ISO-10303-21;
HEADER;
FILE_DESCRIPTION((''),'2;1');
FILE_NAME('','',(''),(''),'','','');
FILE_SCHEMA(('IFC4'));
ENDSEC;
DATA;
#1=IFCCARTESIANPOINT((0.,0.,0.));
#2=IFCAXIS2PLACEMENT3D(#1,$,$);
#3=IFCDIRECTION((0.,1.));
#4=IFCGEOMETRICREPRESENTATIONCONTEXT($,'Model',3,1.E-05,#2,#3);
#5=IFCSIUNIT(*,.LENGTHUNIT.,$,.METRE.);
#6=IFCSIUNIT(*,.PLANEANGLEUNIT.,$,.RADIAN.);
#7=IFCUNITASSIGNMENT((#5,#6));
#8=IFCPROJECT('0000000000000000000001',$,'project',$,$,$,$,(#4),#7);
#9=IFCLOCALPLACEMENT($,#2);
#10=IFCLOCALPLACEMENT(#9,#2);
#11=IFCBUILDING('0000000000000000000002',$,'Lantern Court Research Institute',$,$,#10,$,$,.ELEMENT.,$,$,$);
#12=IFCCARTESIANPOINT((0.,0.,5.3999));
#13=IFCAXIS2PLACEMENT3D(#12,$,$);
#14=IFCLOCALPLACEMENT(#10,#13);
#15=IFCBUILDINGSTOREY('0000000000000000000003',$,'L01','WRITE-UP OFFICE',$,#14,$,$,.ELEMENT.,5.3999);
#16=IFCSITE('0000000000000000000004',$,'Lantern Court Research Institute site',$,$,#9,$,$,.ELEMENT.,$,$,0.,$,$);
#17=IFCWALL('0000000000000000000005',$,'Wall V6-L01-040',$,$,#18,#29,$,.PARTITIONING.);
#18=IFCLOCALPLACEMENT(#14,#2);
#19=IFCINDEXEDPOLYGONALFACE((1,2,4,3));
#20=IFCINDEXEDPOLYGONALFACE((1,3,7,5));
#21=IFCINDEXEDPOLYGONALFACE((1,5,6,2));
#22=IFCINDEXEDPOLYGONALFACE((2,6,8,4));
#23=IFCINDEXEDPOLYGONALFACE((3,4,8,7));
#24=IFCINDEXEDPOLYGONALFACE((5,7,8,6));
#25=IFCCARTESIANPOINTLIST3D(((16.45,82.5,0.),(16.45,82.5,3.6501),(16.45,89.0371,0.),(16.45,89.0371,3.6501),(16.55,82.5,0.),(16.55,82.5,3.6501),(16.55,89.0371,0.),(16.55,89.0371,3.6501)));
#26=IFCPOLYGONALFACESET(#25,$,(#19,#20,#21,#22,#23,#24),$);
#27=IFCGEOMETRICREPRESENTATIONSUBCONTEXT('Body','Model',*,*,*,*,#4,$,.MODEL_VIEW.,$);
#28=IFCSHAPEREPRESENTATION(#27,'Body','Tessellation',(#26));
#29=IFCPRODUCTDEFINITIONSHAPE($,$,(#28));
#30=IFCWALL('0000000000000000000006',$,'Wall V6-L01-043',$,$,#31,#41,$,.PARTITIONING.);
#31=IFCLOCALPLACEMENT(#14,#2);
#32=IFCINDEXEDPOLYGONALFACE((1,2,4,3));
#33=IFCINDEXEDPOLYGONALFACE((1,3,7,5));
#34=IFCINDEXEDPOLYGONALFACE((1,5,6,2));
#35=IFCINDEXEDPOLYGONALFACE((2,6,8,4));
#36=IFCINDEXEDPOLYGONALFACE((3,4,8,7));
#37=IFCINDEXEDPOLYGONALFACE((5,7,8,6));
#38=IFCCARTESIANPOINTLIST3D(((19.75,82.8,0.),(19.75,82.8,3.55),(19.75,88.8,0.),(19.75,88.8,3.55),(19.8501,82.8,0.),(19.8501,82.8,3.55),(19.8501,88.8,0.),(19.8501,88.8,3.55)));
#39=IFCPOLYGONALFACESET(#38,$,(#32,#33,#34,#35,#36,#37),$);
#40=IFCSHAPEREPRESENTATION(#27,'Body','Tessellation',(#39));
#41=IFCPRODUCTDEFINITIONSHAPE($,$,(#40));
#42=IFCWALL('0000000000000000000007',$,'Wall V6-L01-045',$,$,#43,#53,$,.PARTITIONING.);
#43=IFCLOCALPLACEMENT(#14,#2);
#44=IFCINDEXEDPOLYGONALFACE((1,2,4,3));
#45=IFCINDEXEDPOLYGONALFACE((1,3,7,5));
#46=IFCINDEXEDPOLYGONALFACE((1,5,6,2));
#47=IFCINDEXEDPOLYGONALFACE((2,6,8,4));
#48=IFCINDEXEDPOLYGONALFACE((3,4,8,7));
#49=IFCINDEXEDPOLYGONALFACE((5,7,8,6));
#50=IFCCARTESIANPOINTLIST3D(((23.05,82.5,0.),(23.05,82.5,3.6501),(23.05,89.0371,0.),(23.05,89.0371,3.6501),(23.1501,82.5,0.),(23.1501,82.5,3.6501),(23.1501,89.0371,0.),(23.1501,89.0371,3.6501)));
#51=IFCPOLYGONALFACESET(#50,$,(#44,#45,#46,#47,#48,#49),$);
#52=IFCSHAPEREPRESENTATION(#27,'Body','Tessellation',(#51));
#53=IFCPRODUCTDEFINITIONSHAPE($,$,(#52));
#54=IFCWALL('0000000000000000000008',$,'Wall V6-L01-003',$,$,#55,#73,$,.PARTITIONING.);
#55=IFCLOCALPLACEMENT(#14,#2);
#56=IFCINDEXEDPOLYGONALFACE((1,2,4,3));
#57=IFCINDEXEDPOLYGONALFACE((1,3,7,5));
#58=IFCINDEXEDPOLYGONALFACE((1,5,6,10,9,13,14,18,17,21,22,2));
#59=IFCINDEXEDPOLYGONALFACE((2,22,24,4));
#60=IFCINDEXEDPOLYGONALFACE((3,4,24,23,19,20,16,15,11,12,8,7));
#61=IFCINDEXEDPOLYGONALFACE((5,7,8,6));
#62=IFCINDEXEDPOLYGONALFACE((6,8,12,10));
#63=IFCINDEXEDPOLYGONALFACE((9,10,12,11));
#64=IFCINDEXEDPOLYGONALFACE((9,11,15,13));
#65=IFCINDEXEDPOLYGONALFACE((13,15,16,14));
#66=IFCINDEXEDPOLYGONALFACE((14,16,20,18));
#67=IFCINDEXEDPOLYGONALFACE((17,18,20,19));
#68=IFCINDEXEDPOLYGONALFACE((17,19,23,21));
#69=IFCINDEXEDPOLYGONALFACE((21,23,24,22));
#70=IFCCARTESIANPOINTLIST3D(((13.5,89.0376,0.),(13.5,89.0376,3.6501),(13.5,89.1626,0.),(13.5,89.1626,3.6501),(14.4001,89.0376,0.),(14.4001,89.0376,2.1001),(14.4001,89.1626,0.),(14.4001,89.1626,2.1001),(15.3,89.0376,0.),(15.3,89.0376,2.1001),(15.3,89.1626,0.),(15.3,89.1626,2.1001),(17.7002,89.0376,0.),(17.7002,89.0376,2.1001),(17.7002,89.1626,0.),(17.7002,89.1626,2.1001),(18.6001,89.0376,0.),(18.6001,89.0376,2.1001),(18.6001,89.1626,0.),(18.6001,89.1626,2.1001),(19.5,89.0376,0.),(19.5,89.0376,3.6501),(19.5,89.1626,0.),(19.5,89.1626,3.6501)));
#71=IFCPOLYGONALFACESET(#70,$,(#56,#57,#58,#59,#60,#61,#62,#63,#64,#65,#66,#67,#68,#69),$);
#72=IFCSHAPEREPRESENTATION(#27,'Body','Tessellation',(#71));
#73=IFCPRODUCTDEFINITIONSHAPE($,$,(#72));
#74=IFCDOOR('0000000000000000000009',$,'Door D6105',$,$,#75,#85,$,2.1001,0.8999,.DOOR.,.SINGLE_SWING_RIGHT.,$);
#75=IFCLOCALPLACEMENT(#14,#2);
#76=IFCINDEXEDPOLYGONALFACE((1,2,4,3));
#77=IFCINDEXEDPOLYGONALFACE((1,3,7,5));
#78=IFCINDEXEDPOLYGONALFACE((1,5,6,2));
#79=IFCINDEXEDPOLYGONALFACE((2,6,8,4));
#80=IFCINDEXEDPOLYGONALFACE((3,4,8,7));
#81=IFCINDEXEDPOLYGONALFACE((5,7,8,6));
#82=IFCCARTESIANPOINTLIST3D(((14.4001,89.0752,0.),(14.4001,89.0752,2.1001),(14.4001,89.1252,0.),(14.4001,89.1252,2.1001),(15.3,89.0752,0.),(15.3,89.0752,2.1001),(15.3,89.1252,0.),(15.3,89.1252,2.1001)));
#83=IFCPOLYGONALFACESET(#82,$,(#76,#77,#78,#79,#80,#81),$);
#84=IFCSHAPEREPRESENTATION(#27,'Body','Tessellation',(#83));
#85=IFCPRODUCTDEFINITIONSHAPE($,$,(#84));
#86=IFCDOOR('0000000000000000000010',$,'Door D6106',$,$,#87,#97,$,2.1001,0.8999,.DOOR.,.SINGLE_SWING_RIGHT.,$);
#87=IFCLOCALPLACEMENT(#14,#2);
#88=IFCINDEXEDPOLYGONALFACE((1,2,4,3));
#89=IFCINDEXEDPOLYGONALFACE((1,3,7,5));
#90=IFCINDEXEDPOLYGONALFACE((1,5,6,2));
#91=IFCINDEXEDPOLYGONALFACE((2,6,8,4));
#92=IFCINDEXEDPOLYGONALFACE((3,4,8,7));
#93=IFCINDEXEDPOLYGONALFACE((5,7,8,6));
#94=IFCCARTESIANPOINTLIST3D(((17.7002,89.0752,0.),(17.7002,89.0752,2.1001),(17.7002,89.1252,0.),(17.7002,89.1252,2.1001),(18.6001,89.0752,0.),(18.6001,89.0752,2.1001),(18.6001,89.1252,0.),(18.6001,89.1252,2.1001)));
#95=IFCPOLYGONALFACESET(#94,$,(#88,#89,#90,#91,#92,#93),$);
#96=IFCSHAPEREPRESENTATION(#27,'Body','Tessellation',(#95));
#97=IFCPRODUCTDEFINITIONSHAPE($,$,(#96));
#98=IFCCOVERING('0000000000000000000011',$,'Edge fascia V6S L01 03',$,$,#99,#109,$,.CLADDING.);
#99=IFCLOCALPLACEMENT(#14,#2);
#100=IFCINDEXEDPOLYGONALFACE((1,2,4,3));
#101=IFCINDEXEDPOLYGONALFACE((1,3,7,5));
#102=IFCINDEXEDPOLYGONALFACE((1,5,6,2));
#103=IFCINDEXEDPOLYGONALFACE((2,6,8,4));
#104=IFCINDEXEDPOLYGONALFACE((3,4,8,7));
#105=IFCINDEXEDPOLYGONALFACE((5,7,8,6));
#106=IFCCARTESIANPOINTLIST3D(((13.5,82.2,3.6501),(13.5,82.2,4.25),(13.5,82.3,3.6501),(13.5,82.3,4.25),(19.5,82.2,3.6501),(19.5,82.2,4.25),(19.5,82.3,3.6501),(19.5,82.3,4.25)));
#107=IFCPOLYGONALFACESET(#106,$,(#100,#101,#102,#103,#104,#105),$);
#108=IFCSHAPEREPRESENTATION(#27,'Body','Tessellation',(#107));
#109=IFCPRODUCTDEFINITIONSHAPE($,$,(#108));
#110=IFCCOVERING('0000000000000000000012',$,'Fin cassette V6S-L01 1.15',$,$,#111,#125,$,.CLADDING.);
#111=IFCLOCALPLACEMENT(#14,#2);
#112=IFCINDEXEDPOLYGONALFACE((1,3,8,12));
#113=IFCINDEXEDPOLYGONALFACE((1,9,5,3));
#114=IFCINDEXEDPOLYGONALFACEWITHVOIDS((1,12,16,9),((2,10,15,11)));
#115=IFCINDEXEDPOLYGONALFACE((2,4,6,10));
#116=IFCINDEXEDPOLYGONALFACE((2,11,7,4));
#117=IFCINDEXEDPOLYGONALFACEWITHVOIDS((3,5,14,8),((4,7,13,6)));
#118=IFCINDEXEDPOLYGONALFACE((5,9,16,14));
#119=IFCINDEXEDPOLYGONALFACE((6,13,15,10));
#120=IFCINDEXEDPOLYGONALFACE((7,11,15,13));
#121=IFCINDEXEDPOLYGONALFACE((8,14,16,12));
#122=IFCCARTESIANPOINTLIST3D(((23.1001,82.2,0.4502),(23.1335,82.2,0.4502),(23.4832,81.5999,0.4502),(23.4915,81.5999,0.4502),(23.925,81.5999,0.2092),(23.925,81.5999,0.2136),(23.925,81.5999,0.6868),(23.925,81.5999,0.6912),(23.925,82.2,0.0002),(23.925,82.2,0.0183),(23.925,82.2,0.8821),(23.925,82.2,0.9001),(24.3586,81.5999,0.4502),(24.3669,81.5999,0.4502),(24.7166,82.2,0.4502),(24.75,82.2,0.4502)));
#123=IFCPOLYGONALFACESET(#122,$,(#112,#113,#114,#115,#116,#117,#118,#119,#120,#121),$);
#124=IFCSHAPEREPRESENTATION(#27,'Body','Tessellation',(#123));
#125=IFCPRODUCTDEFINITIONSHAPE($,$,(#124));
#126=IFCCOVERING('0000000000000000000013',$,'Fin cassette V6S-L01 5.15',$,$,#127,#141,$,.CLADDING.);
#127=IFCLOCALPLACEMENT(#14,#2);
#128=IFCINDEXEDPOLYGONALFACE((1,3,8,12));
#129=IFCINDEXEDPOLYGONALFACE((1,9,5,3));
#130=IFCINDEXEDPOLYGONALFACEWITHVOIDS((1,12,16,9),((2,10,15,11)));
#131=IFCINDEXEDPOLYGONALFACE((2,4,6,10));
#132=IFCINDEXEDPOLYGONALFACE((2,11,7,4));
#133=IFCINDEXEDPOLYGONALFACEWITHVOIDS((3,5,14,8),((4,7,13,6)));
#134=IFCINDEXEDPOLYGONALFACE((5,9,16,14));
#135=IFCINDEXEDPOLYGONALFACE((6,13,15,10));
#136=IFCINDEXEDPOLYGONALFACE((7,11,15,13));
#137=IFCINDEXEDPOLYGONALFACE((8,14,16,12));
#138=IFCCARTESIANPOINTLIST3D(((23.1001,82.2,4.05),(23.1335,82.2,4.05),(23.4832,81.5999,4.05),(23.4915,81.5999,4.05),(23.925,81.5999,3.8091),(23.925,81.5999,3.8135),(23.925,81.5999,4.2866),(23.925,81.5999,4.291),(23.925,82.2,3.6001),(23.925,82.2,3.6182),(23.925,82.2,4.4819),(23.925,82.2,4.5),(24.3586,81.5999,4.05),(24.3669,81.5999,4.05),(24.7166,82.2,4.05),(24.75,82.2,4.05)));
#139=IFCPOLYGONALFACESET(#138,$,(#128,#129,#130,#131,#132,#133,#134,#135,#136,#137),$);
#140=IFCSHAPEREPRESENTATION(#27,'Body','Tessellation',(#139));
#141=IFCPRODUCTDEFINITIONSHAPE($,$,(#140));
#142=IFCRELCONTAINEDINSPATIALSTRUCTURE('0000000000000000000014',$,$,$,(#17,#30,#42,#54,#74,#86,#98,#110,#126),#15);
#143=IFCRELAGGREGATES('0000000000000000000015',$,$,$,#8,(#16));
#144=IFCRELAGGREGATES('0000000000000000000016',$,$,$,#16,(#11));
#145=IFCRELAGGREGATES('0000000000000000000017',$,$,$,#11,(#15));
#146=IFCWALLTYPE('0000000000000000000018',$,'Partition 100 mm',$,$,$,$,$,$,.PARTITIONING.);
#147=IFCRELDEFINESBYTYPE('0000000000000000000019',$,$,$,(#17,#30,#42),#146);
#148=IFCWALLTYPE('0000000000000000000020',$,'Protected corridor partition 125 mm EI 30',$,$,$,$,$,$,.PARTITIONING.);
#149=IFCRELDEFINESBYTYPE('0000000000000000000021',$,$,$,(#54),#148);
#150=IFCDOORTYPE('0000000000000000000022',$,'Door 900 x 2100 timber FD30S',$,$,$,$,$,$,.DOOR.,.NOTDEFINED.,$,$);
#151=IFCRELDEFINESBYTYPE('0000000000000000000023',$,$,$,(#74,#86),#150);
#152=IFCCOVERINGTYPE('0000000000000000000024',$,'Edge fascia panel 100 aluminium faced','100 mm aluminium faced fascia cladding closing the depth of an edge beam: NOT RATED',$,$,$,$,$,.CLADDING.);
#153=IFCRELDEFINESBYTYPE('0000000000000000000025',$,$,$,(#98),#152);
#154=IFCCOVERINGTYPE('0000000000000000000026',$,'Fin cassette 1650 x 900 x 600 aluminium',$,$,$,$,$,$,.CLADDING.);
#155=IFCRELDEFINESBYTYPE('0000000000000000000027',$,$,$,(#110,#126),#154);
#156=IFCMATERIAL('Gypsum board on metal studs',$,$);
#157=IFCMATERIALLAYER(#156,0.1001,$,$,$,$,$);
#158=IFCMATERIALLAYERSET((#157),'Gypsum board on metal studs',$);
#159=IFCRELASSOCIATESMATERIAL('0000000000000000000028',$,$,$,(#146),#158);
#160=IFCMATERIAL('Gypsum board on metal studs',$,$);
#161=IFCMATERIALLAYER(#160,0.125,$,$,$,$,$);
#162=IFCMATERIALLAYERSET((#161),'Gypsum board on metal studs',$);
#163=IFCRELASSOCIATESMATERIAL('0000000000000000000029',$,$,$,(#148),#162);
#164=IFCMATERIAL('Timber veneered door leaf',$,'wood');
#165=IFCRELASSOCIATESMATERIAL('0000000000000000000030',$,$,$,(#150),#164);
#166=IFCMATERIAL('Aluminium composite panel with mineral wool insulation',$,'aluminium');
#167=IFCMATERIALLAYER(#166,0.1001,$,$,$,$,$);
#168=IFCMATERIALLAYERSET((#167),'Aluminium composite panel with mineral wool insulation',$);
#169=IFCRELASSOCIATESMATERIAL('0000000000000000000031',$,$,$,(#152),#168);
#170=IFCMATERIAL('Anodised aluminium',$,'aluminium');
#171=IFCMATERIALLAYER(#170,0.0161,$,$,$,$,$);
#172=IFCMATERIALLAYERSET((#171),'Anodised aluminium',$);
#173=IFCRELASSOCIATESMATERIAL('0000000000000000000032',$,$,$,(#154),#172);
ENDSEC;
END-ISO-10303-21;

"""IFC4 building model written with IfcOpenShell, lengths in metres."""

from ifc_helpers import new_model, entity, si_unit, direction, frame, frame_2d, origin, place, context, subcontext, project, spatial, rectangle, extrude, material, layer, layer_set, type_object, element, fill, save


model = new_model("IFC4")

# Units and contexts
model_context = context("Model", 3, precision=1e-05, world=origin(), true_north=direction((0.0, 1.0)))
body_context = subcontext(model_context, "Body", "Model", "MODEL_VIEW")
ifc_project = project(units=[si_unit("LENGTHUNIT", "METRE"), si_unit("PLANEANGLEUNIT", "RADIAN")], contexts=[model_context])

# Site, building, storey
site_placement = place(None, origin())
site = spatial("IfcSite", under=ifc_project, at=site_placement, Name="Lantern Court Research Institute site", CompositionType="ELEMENT", RefElevation=0.0)
building_placement = place(site_placement, origin())
building = spatial("IfcBuilding", under=site, at=building_placement, Name="Lantern Court Research Institute", CompositionType="ELEMENT")
storey_placement = place(building_placement, frame((0.0, 0.0, 5.3999)))
storey = spatial("IfcBuildingStorey", under=building, at=storey_placement, Name="L01", Description="WRITE-UP OFFICE", CompositionType="ELEMENT", Elevation=5.3999)

# Walls
ifc_material_1 = material(Name="Gypsum board on metal studs")
ifc_layer_1 = layer(ifc_material_1, 0.1001)
ifc_layer_set_1 = layer_set([ifc_layer_1], Name="Gypsum board on metal studs")
wall_type_1 = type_object("IfcWallType", Name="Partition 100 mm", PredefinedType="PARTITIONING", material=ifc_layer_set_1)
wall_1_placement = place(storey_placement, frame((16.5, 82.5, 0.0), z_axis=(0.0, 0.0, 1.0), x_axis=(0.0, 1.0, 0.0)))
element("IfcWall", 1, at=wall_1_placement, inside=storey, type_object=wall_type_1, Name="Wall V6-L01-040", PredefinedType="PARTITIONING", context=body_context, shape_type="SweptSolid", body=[
    extrude(rectangle(XDim=6.5371, YDim=0.1001, at=frame_2d((3.2686, 0.0))), origin(), (0.0, 0.0, 1.0), 3.6501),
])
wall_2_placement = place(storey_placement, frame((19.8, 82.8, 0.0), z_axis=(0.0, 0.0, 1.0), x_axis=(0.0, 1.0, 0.0)))
element("IfcWall", 2, at=wall_2_placement, inside=storey, type_object=wall_type_1, Name="Wall V6-L01-043", PredefinedType="PARTITIONING", context=body_context, shape_type="SweptSolid", body=[
    extrude(rectangle(XDim=6.0, YDim=0.1001, at=frame_2d((3.0, 0.0))), origin(), (0.0, 0.0, 1.0), 3.55),
])
wall_3_placement = place(storey_placement, frame((23.1001, 82.5, 0.0), z_axis=(0.0, 0.0, 1.0), x_axis=(0.0, 1.0, 0.0)))
element("IfcWall", 3, at=wall_3_placement, inside=storey, type_object=wall_type_1, Name="Wall V6-L01-045", PredefinedType="PARTITIONING", context=body_context, shape_type="SweptSolid", body=[
    extrude(rectangle(XDim=6.5371, YDim=0.1001, at=frame_2d((3.2686, 0.0))), origin(), (0.0, 0.0, 1.0), 3.6501),
])

# Wall, openings, doors
ifc_material_2 = material(Name="Gypsum board on metal studs")
ifc_layer_2 = layer(ifc_material_2, 0.125)
ifc_layer_set_2 = layer_set([ifc_layer_2], Name="Gypsum board on metal studs")
wall_type_2 = type_object("IfcWallType", Name="Protected corridor partition 125 mm EI 30", PredefinedType="PARTITIONING", material=ifc_layer_set_2)
wall_4_placement = place(storey_placement, frame((19.5, 89.1001, 0.0), z_axis=(0.0, 0.0, 1.0), x_axis=(-1.0, 0.0, 0.0)))
wall_4 = element("IfcWall", 4, at=wall_4_placement, inside=storey, type_object=wall_type_2, Name="Wall V6-L01-003", PredefinedType="PARTITIONING", context=body_context, shape_type="SweptSolid", body=[
    extrude(rectangle(XDim=6.0, YDim=0.125, at=frame_2d((3.0, 0.0))), origin(), (0.0, 0.0, 1.0), 3.6501),
])
opening_1_placement = place(wall_4_placement, frame((4.2, 0.0, 0.0)))
opening_1 = element("IfcOpeningElement", 5, at=opening_1_placement, cuts=wall_4, PredefinedType="OPENING", context=body_context, shape_type="SweptSolid", body=[
    extrude(rectangle(XDim=0.8999, YDim=2.1001, at=frame_2d((0.45, 1.05))), frame((0.0, 0.0725, 0.0), z_axis=(0.0, -1.0, 0.0), x_axis=(1.0, 0.0, 0.0)), (0.0, 0.0, 1.0), 0.145),
])
opening_2_placement = place(wall_4_placement, frame((0.8999, 0.0, 0.0)))
opening_2 = element("IfcOpeningElement", 6, at=opening_2_placement, cuts=wall_4, PredefinedType="OPENING", context=body_context, shape_type="SweptSolid", body=[
    extrude(rectangle(XDim=0.8999, YDim=2.1001, at=frame_2d((0.45, 1.05))), frame((0.0, 0.0725, 0.0), z_axis=(0.0, -1.0, 0.0), x_axis=(1.0, 0.0, 0.0)), (0.0, 0.0, 1.0), 0.145),
])
ifc_material_3 = material(Name="Timber veneered door leaf", Category="wood")
door_type = type_object("IfcDoorType", Name="Door 900 x 2100 timber FD30S", OperationType="NOTDEFINED", PredefinedType="DOOR", material=ifc_material_3)
door_1_placement = place(opening_1_placement, origin())
door_1 = element("IfcDoor", 7, at=door_1_placement, inside=storey, type_object=door_type, Name="Door D6105", OperationType="SINGLE_SWING_RIGHT", OverallHeight=2.1001, OverallWidth=0.8999, PredefinedType="DOOR", context=body_context, shape_type="SweptSolid", body=[
    extrude(rectangle(XDim=0.8999, YDim=2.1001, at=frame_2d((0.45, 1.05))), frame((0.0, 0.0249, 0.0), z_axis=(0.0, -1.0, 0.0), x_axis=(1.0, 0.0, 0.0)), (0.0, 0.0, 1.0), 0.05),
])
fill(opening_1, door_1)
door_2_placement = place(opening_2_placement, origin())
door_2 = element("IfcDoor", 8, at=door_2_placement, inside=storey, type_object=door_type, Name="Door D6106", OperationType="SINGLE_SWING_RIGHT", OverallHeight=2.1001, OverallWidth=0.8999, PredefinedType="DOOR", context=body_context, shape_type="SweptSolid", body=[
    extrude(rectangle(XDim=0.8999, YDim=2.1001, at=frame_2d((0.45, 1.05))), frame((0.0, 0.0249, 0.0), z_axis=(0.0, -1.0, 0.0), x_axis=(1.0, 0.0, 0.0)), (0.0, 0.0, 1.0), 0.05),
])
fill(opening_2, door_2)

# Coverings
ifc_material_4 = material(Name="Aluminium composite panel with mineral wool insulation", Category="aluminium")
ifc_layer_3 = layer(ifc_material_4, 0.1001)
ifc_layer_set_3 = layer_set([ifc_layer_3], Name="Aluminium composite panel with mineral wool insulation")
covering_type_1 = type_object("IfcCoveringType", Name="Edge fascia panel 100 aluminium faced", Description="100 mm aluminium faced fascia cladding closing the depth of an edge beam: NOT RATED", PredefinedType="CLADDING", material=ifc_layer_set_3)
covering_1_placement = place(storey_placement, frame((19.5, 82.25, 3.6501), z_axis=(0.0, 0.0, 1.0), x_axis=(-1.0, 0.0, 0.0)))
element("IfcCovering", 9, at=covering_1_placement, inside=storey, type_object=covering_type_1, Name="Edge fascia V6S L01 03", PredefinedType="CLADDING", context=body_context, shape_type="SweptSolid", body=[
    extrude(rectangle(XDim=6.0, YDim=0.1001, at=frame_2d((3.0, 0.0))), origin(), (0.0, 0.0, 1.0), 0.5999),
])
ifc_material_5 = material(Name="Anodised aluminium", Category="aluminium")
ifc_layer_4 = layer(ifc_material_5, 0.0161)
ifc_layer_set_4 = layer_set([ifc_layer_4], Name="Anodised aluminium")
covering_type_2 = type_object("IfcCoveringType", Name="Fin cassette 1650 x 900 x 600 aluminium", PredefinedType="CLADDING", material=ifc_layer_set_4)
covering_2_placement = place(storey_placement, frame((23.925, 82.2, 0.4502), z_axis=(0.0, -1.0, 0.0), x_axis=(1.0, 0.0, 0.0)))
cartesian_point_1 = entity("IfcCartesianPoint", [0.825, 0.0])
cartesian_point_2 = entity("IfcCartesianPoint", [0.7915, 0.0])
cartesian_point_3 = entity("IfcCartesianPoint", [0.4419, 0.0])
cartesian_point_4 = entity("IfcCartesianPoint", [0.4336, 0.0])
element("IfcCovering", 10, at=covering_2_placement, inside=storey, type_object=covering_type_2, Name="Fin cassette V6S-L01 1.15", PredefinedType="CLADDING", context=body_context, shape_type="SweptSolid", body=[
    entity("IfcExtrudedAreaSolidTapered", entity("IfcArbitraryProfileDefWithVoids", "AREA", None, entity("IfcPolyline", [cartesian_point_1, entity("IfcCartesianPoint", [0.0, 0.45]), entity("IfcCartesianPoint", [-0.825, 0.0]), entity("IfcCartesianPoint", [0.0, -0.45]), cartesian_point_1]), [entity("IfcPolyline", [cartesian_point_2, entity("IfcCartesianPoint", [0.0, 0.4319]), entity("IfcCartesianPoint", [-0.7915, 0.0]), entity("IfcCartesianPoint", [0.0, -0.4319]), cartesian_point_2])]), entity("IfcAxis2Placement3D", entity("IfcCartesianPoint", [0.0, 0.0, 0.0])), entity("IfcDirection", [0.0, 0.0, 1.0]), 0.6001, entity("IfcArbitraryProfileDefWithVoids", "AREA", None, entity("IfcPolyline", [cartesian_point_3, entity("IfcCartesianPoint", [0.0, 0.241]), entity("IfcCartesianPoint", [-0.4419, 0.0]), entity("IfcCartesianPoint", [0.0, -0.241]), cartesian_point_3]), [entity("IfcPolyline", [cartesian_point_4, entity("IfcCartesianPoint", [0.0, 0.2366]), entity("IfcCartesianPoint", [-0.4336, 0.0]), entity("IfcCartesianPoint", [0.0, -0.2366]), cartesian_point_4])])),
])
covering_3_placement = place(storey_placement, frame((23.925, 82.2, 4.05), z_axis=(0.0, -1.0, 0.0), x_axis=(1.0, 0.0, 0.0)))
cartesian_point_5 = entity("IfcCartesianPoint", [0.825, 0.0])
cartesian_point_6 = entity("IfcCartesianPoint", [0.7915, 0.0])
cartesian_point_7 = entity("IfcCartesianPoint", [0.4419, 0.0])
cartesian_point_8 = entity("IfcCartesianPoint", [0.4336, 0.0])
element("IfcCovering", 11, at=covering_3_placement, inside=storey, type_object=covering_type_2, Name="Fin cassette V6S-L01 5.15", PredefinedType="CLADDING", context=body_context, shape_type="SweptSolid", body=[
    entity("IfcExtrudedAreaSolidTapered", entity("IfcArbitraryProfileDefWithVoids", "AREA", None, entity("IfcPolyline", [cartesian_point_5, entity("IfcCartesianPoint", [0.0, 0.45]), entity("IfcCartesianPoint", [-0.825, 0.0]), entity("IfcCartesianPoint", [0.0, -0.45]), cartesian_point_5]), [entity("IfcPolyline", [cartesian_point_6, entity("IfcCartesianPoint", [0.0, 0.4319]), entity("IfcCartesianPoint", [-0.7915, 0.0]), entity("IfcCartesianPoint", [0.0, -0.4319]), cartesian_point_6])]), entity("IfcAxis2Placement3D", entity("IfcCartesianPoint", [0.0, 0.0, 0.0])), entity("IfcDirection", [0.0, 0.0, 1.0]), 0.6001, entity("IfcArbitraryProfileDefWithVoids", "AREA", None, entity("IfcPolyline", [cartesian_point_7, entity("IfcCartesianPoint", [0.0, 0.241]), entity("IfcCartesianPoint", [-0.4419, 0.0]), entity("IfcCartesianPoint", [0.0, -0.241]), cartesian_point_7]), [entity("IfcPolyline", [cartesian_point_8, entity("IfcCartesianPoint", [0.0, 0.2366]), entity("IfcCartesianPoint", [-0.4336, 0.0]), entity("IfcCartesianPoint", [0.0, -0.2366]), cartesian_point_8])])),
])

save(model, "model.ifc")
